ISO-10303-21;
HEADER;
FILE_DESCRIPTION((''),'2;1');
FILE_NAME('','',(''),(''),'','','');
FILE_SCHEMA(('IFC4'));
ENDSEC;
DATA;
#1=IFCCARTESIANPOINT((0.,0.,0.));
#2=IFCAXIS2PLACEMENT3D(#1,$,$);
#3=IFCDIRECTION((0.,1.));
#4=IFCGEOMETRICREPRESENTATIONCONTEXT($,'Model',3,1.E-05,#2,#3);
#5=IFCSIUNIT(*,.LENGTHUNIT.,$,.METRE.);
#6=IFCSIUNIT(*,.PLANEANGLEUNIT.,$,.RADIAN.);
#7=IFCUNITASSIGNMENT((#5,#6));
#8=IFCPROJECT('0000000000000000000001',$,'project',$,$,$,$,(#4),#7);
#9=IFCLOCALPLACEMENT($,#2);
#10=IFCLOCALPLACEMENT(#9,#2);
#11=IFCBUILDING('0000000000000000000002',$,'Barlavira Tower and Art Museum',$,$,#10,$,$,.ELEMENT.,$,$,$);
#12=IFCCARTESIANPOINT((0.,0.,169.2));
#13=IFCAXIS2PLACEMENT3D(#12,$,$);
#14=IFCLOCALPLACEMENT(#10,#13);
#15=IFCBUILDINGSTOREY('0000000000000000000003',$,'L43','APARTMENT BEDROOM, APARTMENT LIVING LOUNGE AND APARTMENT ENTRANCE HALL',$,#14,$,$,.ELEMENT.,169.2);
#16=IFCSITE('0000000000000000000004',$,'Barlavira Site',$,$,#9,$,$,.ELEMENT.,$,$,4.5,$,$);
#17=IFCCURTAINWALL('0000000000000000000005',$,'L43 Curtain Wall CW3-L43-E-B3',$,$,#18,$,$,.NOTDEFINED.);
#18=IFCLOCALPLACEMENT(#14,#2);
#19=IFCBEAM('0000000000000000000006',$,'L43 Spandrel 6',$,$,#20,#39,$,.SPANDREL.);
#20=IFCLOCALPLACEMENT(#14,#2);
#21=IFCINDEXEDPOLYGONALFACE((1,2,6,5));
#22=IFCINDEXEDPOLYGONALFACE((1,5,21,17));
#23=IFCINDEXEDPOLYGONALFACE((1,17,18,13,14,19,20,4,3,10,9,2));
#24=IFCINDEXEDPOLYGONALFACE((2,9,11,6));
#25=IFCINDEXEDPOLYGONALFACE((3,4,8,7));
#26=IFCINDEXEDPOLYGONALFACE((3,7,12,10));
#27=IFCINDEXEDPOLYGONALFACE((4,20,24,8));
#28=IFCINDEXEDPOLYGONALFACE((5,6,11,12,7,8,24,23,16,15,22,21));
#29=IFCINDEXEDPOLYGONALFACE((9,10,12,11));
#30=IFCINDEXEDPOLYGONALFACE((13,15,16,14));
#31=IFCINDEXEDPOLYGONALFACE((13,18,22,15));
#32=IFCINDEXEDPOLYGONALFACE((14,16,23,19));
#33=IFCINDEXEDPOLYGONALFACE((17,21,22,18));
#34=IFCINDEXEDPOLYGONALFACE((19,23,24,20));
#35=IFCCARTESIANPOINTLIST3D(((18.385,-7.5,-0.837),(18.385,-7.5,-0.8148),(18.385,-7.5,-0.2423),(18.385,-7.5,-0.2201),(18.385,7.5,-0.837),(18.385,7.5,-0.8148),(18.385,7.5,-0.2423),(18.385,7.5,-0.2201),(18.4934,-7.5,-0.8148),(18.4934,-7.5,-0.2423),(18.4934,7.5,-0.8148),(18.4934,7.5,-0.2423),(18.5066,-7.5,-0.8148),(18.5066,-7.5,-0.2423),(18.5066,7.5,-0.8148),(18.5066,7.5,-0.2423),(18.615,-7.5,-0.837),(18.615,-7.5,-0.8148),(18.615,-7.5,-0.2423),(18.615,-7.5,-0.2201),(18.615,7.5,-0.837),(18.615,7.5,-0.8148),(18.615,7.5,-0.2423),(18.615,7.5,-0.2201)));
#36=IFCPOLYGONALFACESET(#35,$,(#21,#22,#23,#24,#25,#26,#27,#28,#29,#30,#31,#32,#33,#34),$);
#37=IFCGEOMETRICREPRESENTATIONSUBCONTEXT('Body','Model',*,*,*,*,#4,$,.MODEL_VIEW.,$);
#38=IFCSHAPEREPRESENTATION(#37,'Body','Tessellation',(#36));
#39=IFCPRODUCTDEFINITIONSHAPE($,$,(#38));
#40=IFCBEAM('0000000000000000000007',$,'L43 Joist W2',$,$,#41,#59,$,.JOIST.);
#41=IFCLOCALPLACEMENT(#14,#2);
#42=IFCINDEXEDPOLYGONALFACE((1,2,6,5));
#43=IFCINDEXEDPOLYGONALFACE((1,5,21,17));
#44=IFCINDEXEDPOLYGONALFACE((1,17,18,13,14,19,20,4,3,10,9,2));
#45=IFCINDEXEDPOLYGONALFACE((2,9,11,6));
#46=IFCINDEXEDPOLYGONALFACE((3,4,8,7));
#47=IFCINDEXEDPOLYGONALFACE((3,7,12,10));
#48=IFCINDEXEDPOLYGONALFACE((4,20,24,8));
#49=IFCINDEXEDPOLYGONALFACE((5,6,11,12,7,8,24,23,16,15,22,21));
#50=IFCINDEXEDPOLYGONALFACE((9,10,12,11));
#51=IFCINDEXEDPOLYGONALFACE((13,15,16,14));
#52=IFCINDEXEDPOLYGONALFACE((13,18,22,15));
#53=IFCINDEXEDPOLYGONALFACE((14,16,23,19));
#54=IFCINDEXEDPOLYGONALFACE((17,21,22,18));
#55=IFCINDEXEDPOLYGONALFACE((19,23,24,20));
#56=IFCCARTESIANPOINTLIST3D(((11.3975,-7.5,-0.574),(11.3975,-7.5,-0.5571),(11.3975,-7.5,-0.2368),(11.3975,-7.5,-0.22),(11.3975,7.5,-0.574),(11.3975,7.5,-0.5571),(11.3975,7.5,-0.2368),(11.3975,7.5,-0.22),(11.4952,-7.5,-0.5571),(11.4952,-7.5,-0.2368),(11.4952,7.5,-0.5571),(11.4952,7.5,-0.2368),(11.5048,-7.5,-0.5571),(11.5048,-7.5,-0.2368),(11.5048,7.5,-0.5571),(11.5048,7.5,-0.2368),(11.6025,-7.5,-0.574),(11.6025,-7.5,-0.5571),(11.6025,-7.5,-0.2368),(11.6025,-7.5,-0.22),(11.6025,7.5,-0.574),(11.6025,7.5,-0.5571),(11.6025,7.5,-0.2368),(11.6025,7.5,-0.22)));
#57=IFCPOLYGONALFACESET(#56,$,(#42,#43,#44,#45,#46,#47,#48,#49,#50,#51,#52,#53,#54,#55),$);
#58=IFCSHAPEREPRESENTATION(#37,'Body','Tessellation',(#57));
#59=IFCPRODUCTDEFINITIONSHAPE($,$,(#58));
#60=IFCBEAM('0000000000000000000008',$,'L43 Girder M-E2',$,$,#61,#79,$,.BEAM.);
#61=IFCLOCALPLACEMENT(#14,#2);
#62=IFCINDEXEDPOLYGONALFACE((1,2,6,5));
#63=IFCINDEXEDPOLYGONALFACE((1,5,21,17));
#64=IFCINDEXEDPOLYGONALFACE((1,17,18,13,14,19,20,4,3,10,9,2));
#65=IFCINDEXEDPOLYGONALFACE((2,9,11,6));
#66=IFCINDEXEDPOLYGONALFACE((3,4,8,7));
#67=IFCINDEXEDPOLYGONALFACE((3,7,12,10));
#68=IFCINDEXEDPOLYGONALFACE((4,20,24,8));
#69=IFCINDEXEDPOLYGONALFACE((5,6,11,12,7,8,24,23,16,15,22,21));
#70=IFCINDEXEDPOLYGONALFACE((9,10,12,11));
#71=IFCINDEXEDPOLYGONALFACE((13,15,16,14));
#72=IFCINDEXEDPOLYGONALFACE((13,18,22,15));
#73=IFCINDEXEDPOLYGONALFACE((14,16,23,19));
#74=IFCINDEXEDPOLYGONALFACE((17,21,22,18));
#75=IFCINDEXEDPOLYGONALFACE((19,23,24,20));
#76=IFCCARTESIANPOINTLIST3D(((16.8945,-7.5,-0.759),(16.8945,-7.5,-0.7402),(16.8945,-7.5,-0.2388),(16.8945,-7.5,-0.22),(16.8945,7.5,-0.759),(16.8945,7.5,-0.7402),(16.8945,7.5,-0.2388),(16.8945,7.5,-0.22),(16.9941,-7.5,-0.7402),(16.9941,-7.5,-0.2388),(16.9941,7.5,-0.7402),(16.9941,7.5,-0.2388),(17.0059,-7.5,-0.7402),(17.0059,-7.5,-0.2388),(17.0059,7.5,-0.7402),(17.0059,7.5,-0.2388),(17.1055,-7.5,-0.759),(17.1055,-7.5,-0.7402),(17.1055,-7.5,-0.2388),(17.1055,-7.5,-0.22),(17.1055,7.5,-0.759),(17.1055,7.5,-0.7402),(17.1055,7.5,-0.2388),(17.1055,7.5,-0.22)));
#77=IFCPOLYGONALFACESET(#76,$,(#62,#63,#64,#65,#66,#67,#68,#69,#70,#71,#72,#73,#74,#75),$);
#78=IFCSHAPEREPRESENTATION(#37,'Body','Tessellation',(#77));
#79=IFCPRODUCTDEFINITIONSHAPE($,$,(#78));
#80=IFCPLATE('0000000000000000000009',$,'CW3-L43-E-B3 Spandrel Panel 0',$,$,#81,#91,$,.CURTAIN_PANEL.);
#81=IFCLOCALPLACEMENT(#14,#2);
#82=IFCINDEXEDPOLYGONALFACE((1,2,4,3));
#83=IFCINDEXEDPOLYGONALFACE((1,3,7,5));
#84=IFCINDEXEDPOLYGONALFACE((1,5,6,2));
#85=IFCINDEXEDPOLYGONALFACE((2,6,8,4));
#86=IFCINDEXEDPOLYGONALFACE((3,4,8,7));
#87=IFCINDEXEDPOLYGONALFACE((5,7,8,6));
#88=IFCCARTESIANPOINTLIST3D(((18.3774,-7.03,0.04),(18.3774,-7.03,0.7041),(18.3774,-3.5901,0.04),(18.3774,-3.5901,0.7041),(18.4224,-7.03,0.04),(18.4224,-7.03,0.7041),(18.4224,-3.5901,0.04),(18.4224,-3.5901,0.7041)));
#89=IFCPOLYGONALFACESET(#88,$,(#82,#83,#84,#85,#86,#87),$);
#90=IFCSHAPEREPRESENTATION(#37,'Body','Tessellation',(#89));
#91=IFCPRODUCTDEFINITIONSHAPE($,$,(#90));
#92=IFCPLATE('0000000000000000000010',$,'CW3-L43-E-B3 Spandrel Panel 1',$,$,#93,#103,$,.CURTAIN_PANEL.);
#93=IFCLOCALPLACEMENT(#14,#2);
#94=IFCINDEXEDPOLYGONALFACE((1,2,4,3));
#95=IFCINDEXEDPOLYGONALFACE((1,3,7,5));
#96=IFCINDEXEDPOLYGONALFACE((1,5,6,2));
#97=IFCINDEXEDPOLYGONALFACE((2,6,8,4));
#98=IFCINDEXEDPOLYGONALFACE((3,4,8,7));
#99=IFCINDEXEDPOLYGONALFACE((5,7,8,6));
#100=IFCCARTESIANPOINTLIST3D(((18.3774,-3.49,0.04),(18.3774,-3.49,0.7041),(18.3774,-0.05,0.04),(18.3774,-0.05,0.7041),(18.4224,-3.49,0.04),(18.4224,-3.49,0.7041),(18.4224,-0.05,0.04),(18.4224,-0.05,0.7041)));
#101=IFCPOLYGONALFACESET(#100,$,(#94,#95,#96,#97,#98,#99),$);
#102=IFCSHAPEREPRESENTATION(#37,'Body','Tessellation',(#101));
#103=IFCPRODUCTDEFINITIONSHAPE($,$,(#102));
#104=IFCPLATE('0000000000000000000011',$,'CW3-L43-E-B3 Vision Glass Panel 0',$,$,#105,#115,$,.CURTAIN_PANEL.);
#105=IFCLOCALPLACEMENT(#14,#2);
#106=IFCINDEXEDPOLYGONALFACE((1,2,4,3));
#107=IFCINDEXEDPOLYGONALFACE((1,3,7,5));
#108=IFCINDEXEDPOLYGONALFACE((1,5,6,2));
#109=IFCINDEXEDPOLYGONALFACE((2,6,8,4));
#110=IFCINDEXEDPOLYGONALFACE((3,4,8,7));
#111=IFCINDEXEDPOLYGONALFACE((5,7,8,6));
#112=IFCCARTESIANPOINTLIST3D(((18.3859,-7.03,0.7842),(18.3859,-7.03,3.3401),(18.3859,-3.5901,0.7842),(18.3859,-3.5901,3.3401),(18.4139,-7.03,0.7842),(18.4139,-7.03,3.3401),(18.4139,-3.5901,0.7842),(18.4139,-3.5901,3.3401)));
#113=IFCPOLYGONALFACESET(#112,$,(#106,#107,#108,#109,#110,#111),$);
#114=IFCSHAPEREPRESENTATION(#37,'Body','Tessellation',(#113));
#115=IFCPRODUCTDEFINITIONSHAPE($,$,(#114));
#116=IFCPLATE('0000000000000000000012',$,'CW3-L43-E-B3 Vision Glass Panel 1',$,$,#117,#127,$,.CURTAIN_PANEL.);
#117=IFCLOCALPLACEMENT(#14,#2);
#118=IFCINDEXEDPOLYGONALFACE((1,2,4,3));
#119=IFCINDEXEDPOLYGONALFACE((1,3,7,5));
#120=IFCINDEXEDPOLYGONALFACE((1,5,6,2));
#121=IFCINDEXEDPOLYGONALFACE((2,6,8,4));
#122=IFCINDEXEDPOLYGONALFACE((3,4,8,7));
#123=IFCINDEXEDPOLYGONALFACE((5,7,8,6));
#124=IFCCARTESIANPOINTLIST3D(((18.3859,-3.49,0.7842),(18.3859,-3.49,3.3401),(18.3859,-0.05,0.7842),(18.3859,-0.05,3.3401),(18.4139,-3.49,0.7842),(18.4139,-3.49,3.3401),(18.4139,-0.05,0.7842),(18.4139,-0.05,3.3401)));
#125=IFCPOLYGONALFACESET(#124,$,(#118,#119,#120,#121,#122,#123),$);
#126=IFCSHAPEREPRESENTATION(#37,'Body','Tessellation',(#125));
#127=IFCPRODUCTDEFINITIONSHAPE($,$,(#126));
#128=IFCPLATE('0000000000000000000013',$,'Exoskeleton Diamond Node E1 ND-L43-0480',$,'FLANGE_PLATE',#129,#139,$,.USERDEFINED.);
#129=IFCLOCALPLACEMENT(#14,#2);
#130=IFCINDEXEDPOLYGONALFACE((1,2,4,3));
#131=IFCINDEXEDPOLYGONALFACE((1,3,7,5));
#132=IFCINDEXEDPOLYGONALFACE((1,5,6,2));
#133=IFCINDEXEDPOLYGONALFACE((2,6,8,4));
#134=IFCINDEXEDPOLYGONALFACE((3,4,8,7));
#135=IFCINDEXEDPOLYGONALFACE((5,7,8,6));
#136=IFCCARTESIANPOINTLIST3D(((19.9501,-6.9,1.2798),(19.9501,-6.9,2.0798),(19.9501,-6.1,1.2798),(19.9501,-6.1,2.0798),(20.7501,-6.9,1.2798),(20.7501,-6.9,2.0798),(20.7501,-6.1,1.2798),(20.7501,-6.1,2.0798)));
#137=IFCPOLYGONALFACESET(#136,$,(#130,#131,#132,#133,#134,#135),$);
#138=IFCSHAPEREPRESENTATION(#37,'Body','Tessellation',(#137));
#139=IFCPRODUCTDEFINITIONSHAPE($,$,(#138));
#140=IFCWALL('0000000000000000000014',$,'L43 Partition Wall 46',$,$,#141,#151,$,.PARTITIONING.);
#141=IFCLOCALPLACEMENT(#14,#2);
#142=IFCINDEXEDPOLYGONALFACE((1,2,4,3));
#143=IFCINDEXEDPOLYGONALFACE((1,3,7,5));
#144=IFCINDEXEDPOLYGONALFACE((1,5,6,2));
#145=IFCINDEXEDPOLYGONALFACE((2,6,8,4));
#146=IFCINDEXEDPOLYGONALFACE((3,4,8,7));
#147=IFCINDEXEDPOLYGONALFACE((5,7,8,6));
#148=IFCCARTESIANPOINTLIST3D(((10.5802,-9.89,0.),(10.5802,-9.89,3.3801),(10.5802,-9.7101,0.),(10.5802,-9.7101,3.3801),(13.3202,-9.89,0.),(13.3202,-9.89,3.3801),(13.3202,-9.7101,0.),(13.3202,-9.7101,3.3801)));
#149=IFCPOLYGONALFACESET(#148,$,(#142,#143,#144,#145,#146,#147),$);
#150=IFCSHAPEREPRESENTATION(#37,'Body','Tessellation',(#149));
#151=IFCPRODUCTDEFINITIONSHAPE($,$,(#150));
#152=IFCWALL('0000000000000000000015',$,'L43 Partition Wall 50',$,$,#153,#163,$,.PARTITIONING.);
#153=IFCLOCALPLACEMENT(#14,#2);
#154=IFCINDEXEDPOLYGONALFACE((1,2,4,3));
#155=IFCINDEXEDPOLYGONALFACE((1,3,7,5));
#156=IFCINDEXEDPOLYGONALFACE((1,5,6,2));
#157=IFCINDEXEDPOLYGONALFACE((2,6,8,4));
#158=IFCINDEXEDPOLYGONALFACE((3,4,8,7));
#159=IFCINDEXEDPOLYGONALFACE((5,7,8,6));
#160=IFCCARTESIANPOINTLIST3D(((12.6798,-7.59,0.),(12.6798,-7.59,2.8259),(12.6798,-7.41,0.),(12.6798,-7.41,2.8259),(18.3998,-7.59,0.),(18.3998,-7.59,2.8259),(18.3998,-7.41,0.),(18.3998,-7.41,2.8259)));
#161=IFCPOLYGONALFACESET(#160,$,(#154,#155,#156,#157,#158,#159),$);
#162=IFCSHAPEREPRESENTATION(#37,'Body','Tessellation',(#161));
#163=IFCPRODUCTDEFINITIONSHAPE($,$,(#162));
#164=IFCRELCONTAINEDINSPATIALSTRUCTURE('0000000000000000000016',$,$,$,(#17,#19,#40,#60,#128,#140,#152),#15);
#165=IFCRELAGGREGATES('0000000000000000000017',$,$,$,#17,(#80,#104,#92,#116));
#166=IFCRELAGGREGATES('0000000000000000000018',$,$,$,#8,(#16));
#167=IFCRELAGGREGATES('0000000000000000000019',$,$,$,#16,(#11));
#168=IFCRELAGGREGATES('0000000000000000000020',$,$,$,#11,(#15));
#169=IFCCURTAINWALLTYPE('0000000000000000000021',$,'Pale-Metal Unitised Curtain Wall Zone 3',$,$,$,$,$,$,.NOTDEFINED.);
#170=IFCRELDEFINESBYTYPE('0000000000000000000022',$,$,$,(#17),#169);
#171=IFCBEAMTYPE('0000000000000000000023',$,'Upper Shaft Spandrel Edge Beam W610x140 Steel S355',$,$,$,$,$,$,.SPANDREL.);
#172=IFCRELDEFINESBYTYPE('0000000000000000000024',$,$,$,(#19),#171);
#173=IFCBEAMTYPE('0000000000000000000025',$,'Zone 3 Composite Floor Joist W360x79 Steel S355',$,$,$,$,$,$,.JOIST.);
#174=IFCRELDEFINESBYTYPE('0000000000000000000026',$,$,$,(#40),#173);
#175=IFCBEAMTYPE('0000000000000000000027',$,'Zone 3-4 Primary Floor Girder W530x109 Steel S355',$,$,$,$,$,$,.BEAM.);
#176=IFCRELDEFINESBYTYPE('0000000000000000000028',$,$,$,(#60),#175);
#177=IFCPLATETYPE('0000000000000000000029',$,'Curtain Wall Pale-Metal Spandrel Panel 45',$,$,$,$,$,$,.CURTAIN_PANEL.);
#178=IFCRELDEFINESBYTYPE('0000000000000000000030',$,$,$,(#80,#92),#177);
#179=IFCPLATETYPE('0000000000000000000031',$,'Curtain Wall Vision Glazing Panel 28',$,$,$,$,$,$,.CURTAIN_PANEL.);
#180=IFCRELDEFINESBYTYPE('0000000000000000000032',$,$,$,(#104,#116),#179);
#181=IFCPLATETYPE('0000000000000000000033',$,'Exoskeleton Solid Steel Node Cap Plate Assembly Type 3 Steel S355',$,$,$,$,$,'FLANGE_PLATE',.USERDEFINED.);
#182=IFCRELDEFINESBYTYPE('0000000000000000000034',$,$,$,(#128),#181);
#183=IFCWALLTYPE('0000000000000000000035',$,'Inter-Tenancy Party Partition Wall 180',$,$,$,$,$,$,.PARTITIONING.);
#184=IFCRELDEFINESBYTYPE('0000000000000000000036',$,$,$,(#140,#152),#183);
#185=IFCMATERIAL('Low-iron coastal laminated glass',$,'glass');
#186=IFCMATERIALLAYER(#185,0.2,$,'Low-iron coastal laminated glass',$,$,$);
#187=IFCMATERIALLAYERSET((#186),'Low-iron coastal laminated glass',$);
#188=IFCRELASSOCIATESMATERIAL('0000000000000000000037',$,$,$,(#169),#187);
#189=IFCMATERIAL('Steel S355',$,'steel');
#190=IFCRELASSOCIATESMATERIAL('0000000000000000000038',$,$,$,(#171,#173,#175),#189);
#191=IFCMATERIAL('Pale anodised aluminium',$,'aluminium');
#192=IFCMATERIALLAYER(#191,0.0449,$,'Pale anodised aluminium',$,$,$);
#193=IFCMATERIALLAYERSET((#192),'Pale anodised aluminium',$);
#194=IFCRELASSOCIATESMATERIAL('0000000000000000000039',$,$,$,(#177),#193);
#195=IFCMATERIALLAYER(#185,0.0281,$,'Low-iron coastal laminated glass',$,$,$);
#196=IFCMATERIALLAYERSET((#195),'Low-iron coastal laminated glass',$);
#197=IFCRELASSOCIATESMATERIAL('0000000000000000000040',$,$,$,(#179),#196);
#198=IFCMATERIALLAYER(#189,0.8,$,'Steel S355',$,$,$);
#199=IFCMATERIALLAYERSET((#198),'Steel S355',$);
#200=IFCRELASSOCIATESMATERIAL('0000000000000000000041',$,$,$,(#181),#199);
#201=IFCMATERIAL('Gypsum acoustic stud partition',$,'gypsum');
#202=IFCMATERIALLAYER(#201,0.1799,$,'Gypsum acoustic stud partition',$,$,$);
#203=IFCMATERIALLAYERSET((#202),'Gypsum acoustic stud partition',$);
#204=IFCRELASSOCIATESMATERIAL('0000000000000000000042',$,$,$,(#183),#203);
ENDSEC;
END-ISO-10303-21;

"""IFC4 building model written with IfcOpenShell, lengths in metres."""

from ifc_helpers import new_model, si_unit, direction, frame, frame_2d, origin, origin_2d, place, context, subcontext, project, spatial, rectangle, i_section, extrude, material, layer, layer_set, material_profile, profile_set, type_object, element, aggregate, save


model = new_model("IFC4")

# Units and contexts
model_context = context("Model", 3, precision=1e-05, world=origin(), true_north=direction((0.0, 1.0)))
body_context = subcontext(model_context, "Body", "Model", "MODEL_VIEW")
ifc_project = project(units=[si_unit("LENGTHUNIT", "METRE"), si_unit("PLANEANGLEUNIT", "RADIAN")], contexts=[model_context])

# Site, building, storey
site_placement = place(None, origin())
site = spatial("IfcSite", under=ifc_project, at=site_placement, Name="Barlavira Site", CompositionType="ELEMENT", RefElevation=4.5)
building_placement = place(site_placement, origin())
building = spatial("IfcBuilding", under=site, at=building_placement, Name="Barlavira Tower and Art Museum", CompositionType="ELEMENT")
storey_placement = place(building_placement, frame((0.0, 0.0, 169.2)))
storey = spatial("IfcBuildingStorey", under=building, at=storey_placement, Name="L43", Description="APARTMENT BEDROOM, APARTMENT LIVING LOUNGE AND APARTMENT ENTRANCE HALL", CompositionType="ELEMENT", Elevation=169.2)

# Curtain wall
ifc_material_1 = material(Name="Low-iron coastal laminated glass", Category="glass")
ifc_layer_1 = layer(ifc_material_1, 0.2, Name="Low-iron coastal laminated glass")
ifc_layer_set_1 = layer_set([ifc_layer_1], Name="Low-iron coastal laminated glass")
curtain_wall_type = type_object("IfcCurtainWallType", Name="Pale-Metal Unitised Curtain Wall Zone 3", PredefinedType="NOTDEFINED", material=ifc_layer_set_1)
curtain_wall_placement = place(storey_placement, origin())
curtain_wall = element("IfcCurtainWall", 1, at=curtain_wall_placement, inside=storey, type_object=curtain_wall_type, Name="L43 Curtain Wall CW3-L43-E-B3", PredefinedType="NOTDEFINED")
ifc_material_2 = material(Name="Pale anodised aluminium", Category="aluminium")

# Beams
ifc_material_3 = material(Name="Steel S355", Category="steel")
ifc_material_profile_1 = material_profile(ifc_material_3, i_section(OverallWidth=0.23, OverallDepth=0.6169, WebThickness=0.0132, FlangeThickness=0.0222, at=origin_2d()), Name="W610x140.0")
ifc_profile_set_1 = profile_set([ifc_material_profile_1], Name="Steel S355")
beam_type_1 = type_object("IfcBeamType", Name="Upper Shaft Spandrel Edge Beam W610x140 Steel S355", PredefinedType="SPANDREL", material=ifc_profile_set_1)
beam_1_placement = place(storey_placement, frame((18.5, -7.5, -0.5286), z_axis=(0.0, 1.0, 0.0), x_axis=(-1.0, 0.0, 0.0)))
element("IfcBeam", 2, at=beam_1_placement, inside=storey, type_object=beam_type_1, Name="L43 Spandrel 6", PredefinedType="SPANDREL", context=body_context, shape_type="SweptSolid", body=[
    extrude(i_section(OverallWidth=0.23, OverallDepth=0.6169, WebThickness=0.0132, FlangeThickness=0.0222, at=origin_2d()), origin(), (0.0, 0.0, 1.0), 15.0),
])
ifc_material_profile_2 = material_profile(ifc_material_3, i_section(OverallWidth=0.2051, OverallDepth=0.354, WebThickness=0.0095, FlangeThickness=0.0168, at=origin_2d()), Name="W360x79.0")
ifc_profile_set_2 = profile_set([ifc_material_profile_2], Name="Steel S355")
beam_type_2 = type_object("IfcBeamType", Name="Zone 3 Composite Floor Joist W360x79 Steel S355", PredefinedType="JOIST", material=ifc_profile_set_2)
beam_2_placement = place(storey_placement, frame((11.5, -7.5, -0.397), z_axis=(0.0, 1.0, 0.0), x_axis=(-1.0, 0.0, 0.0)))
element("IfcBeam", 3, at=beam_2_placement, inside=storey, type_object=beam_type_2, Name="L43 Joist W2", PredefinedType="JOIST", context=body_context, shape_type="SweptSolid", body=[
    extrude(i_section(OverallWidth=0.2051, OverallDepth=0.354, WebThickness=0.0095, FlangeThickness=0.0168, at=origin_2d()), origin(), (0.0, 0.0, 1.0), 15.0),
])
ifc_material_profile_3 = material_profile(ifc_material_3, i_section(OverallWidth=0.2109, OverallDepth=0.5391, WebThickness=0.0117, FlangeThickness=0.0188, at=origin_2d()), Name="W530x109.0")
ifc_profile_set_3 = profile_set([ifc_material_profile_3], Name="Steel S355")
beam_type_3 = type_object("IfcBeamType", Name="Zone 3-4 Primary Floor Girder W530x109 Steel S355", PredefinedType="BEAM", material=ifc_profile_set_3)
beam_3_placement = place(storey_placement, frame((17.0, -7.5, -0.4895), z_axis=(0.0, 1.0, 0.0), x_axis=(-1.0, 0.0, 0.0)))
element("IfcBeam", 4, at=beam_3_placement, inside=storey, type_object=beam_type_3, Name="L43 Girder M-E2", PredefinedType="BEAM", context=body_context, shape_type="SweptSolid", body=[
    extrude(i_section(OverallWidth=0.2109, OverallDepth=0.5391, WebThickness=0.0117, FlangeThickness=0.0188, at=origin_2d()), origin(), (0.0, 0.0, 1.0), 15.0),
])

# Plates
ifc_layer_2 = layer(ifc_material_2, 0.0449, Name="Pale anodised aluminium")
ifc_layer_set_2 = layer_set([ifc_layer_2], Name="Pale anodised aluminium")
plate_type_1 = type_object("IfcPlateType", Name="Curtain Wall Pale-Metal Spandrel Panel 45", PredefinedType="CURTAIN_PANEL", material=ifc_layer_set_2)
plate_1_placement = place(storey_placement, frame((18.3999, -5.3101, 0.04), z_axis=(0.0, 0.0, 1.0), x_axis=(0.0, 1.0, 0.0)))
plate_1 = element("IfcPlate", 5, at=plate_1_placement, type_object=plate_type_1, Name="CW3-L43-E-B3 Spandrel Panel 0", PredefinedType="CURTAIN_PANEL", context=body_context, shape_type="SweptSolid", body=[
    extrude(rectangle(XDim=3.4399, YDim=0.0449, at=origin_2d()), origin(), (0.0, 0.0, 1.0), 0.6641),
])
plate_2_placement = place(storey_placement, frame((18.3999, -1.77, 0.04), z_axis=(0.0, 0.0, 1.0), x_axis=(0.0, 1.0, 0.0)))
plate_2 = element("IfcPlate", 6, at=plate_2_placement, type_object=plate_type_1, Name="CW3-L43-E-B3 Spandrel Panel 1", PredefinedType="CURTAIN_PANEL", context=body_context, shape_type="SweptSolid", body=[
    extrude(rectangle(XDim=3.4399, YDim=0.0449, at=origin_2d()), origin(), (0.0, 0.0, 1.0), 0.6641),
])
ifc_layer_3 = layer(ifc_material_1, 0.0281, Name="Low-iron coastal laminated glass")
ifc_layer_set_3 = layer_set([ifc_layer_3], Name="Low-iron coastal laminated glass")
plate_type_2 = type_object("IfcPlateType", Name="Curtain Wall Vision Glazing Panel 28", PredefinedType="CURTAIN_PANEL", material=ifc_layer_set_3)
plate_3_placement = place(storey_placement, frame((18.3999, -5.3101, 0.7842), z_axis=(0.0, 0.0, 1.0), x_axis=(0.0, 1.0, 0.0)))
plate_3 = element("IfcPlate", 7, at=plate_3_placement, type_object=plate_type_2, Name="CW3-L43-E-B3 Vision Glass Panel 0", PredefinedType="CURTAIN_PANEL", context=body_context, shape_type="SweptSolid", body=[
    extrude(rectangle(XDim=3.4399, YDim=0.0281, at=origin_2d()), origin(), (0.0, 0.0, 1.0), 2.5559),
])
plate_4_placement = place(storey_placement, frame((18.3999, -1.77, 0.7842), z_axis=(0.0, 0.0, 1.0), x_axis=(0.0, 1.0, 0.0)))
plate_4 = element("IfcPlate", 8, at=plate_4_placement, type_object=plate_type_2, Name="CW3-L43-E-B3 Vision Glass Panel 1", PredefinedType="CURTAIN_PANEL", context=body_context, shape_type="SweptSolid", body=[
    extrude(rectangle(XDim=3.4399, YDim=0.0281, at=origin_2d()), origin(), (0.0, 0.0, 1.0), 2.5559),
])
aggregate(curtain_wall, [plate_1, plate_3, plate_2, plate_4])
ifc_layer_4 = layer(ifc_material_3, 0.8, Name="Steel S355")
ifc_layer_set_4 = layer_set([ifc_layer_4], Name="Steel S355")
plate_type_3 = type_object("IfcPlateType", Name="Exoskeleton Solid Steel Node Cap Plate Assembly Type 3 Steel S355", ElementType="FLANGE_PLATE", PredefinedType="USERDEFINED", material=ifc_layer_set_4)
plate_5_placement = place(storey_placement, frame((20.3501, -6.5, 1.2798), z_axis=(0.0, 0.0, 1.0), x_axis=(1.0, 0.0, 0.0)))
element("IfcPlate", 9, at=plate_5_placement, inside=storey, type_object=plate_type_3, Name="Exoskeleton Diamond Node E1 ND-L43-0480", ObjectType="FLANGE_PLATE", PredefinedType="USERDEFINED", context=body_context, shape_type="SweptSolid", body=[
    extrude(rectangle(XDim=0.8, YDim=0.8, at=origin_2d()), origin(), (0.0, 0.0, 1.0), 0.8),
])

# Walls
ifc_material_4 = material(Name="Gypsum acoustic stud partition", Category="gypsum")
ifc_layer_5 = layer(ifc_material_4, 0.1799, Name="Gypsum acoustic stud partition")
ifc_layer_set_5 = layer_set([ifc_layer_5], Name="Gypsum acoustic stud partition")
wall_type_1 = type_object("IfcWallType", Name="Inter-Tenancy Party Partition Wall 180", PredefinedType="PARTITIONING", material=ifc_layer_set_5)
wall_1_placement = place(storey_placement, frame((10.5801, -9.8, 0.0), z_axis=(0.0, 0.0, 1.0), x_axis=(1.0, 0.0, 0.0)))
element("IfcWall", 10, at=wall_1_placement, inside=storey, type_object=wall_type_1, Name="L43 Partition Wall 46", PredefinedType="PARTITIONING", context=body_context, shape_type="SweptSolid", body=[
    extrude(rectangle(XDim=2.74, YDim=0.1799, at=frame_2d((1.3701, 0.0))), origin(), (0.0, 0.0, 1.0), 3.3801),
])
wall_2_placement = place(storey_placement, frame((12.6799, -7.5, 0.0), z_axis=(0.0, 0.0, 1.0), x_axis=(1.0, 0.0, 0.0)))
element("IfcWall", 11, at=wall_2_placement, inside=storey, type_object=wall_type_1, Name="L43 Partition Wall 50", PredefinedType="PARTITIONING", context=body_context, shape_type="SweptSolid", body=[
    extrude(rectangle(XDim=5.72, YDim=0.1799, at=frame_2d((2.8599, 0.0))), origin(), (0.0, 0.0, 1.0), 2.8259),
])

save(model, "model.ifc")
